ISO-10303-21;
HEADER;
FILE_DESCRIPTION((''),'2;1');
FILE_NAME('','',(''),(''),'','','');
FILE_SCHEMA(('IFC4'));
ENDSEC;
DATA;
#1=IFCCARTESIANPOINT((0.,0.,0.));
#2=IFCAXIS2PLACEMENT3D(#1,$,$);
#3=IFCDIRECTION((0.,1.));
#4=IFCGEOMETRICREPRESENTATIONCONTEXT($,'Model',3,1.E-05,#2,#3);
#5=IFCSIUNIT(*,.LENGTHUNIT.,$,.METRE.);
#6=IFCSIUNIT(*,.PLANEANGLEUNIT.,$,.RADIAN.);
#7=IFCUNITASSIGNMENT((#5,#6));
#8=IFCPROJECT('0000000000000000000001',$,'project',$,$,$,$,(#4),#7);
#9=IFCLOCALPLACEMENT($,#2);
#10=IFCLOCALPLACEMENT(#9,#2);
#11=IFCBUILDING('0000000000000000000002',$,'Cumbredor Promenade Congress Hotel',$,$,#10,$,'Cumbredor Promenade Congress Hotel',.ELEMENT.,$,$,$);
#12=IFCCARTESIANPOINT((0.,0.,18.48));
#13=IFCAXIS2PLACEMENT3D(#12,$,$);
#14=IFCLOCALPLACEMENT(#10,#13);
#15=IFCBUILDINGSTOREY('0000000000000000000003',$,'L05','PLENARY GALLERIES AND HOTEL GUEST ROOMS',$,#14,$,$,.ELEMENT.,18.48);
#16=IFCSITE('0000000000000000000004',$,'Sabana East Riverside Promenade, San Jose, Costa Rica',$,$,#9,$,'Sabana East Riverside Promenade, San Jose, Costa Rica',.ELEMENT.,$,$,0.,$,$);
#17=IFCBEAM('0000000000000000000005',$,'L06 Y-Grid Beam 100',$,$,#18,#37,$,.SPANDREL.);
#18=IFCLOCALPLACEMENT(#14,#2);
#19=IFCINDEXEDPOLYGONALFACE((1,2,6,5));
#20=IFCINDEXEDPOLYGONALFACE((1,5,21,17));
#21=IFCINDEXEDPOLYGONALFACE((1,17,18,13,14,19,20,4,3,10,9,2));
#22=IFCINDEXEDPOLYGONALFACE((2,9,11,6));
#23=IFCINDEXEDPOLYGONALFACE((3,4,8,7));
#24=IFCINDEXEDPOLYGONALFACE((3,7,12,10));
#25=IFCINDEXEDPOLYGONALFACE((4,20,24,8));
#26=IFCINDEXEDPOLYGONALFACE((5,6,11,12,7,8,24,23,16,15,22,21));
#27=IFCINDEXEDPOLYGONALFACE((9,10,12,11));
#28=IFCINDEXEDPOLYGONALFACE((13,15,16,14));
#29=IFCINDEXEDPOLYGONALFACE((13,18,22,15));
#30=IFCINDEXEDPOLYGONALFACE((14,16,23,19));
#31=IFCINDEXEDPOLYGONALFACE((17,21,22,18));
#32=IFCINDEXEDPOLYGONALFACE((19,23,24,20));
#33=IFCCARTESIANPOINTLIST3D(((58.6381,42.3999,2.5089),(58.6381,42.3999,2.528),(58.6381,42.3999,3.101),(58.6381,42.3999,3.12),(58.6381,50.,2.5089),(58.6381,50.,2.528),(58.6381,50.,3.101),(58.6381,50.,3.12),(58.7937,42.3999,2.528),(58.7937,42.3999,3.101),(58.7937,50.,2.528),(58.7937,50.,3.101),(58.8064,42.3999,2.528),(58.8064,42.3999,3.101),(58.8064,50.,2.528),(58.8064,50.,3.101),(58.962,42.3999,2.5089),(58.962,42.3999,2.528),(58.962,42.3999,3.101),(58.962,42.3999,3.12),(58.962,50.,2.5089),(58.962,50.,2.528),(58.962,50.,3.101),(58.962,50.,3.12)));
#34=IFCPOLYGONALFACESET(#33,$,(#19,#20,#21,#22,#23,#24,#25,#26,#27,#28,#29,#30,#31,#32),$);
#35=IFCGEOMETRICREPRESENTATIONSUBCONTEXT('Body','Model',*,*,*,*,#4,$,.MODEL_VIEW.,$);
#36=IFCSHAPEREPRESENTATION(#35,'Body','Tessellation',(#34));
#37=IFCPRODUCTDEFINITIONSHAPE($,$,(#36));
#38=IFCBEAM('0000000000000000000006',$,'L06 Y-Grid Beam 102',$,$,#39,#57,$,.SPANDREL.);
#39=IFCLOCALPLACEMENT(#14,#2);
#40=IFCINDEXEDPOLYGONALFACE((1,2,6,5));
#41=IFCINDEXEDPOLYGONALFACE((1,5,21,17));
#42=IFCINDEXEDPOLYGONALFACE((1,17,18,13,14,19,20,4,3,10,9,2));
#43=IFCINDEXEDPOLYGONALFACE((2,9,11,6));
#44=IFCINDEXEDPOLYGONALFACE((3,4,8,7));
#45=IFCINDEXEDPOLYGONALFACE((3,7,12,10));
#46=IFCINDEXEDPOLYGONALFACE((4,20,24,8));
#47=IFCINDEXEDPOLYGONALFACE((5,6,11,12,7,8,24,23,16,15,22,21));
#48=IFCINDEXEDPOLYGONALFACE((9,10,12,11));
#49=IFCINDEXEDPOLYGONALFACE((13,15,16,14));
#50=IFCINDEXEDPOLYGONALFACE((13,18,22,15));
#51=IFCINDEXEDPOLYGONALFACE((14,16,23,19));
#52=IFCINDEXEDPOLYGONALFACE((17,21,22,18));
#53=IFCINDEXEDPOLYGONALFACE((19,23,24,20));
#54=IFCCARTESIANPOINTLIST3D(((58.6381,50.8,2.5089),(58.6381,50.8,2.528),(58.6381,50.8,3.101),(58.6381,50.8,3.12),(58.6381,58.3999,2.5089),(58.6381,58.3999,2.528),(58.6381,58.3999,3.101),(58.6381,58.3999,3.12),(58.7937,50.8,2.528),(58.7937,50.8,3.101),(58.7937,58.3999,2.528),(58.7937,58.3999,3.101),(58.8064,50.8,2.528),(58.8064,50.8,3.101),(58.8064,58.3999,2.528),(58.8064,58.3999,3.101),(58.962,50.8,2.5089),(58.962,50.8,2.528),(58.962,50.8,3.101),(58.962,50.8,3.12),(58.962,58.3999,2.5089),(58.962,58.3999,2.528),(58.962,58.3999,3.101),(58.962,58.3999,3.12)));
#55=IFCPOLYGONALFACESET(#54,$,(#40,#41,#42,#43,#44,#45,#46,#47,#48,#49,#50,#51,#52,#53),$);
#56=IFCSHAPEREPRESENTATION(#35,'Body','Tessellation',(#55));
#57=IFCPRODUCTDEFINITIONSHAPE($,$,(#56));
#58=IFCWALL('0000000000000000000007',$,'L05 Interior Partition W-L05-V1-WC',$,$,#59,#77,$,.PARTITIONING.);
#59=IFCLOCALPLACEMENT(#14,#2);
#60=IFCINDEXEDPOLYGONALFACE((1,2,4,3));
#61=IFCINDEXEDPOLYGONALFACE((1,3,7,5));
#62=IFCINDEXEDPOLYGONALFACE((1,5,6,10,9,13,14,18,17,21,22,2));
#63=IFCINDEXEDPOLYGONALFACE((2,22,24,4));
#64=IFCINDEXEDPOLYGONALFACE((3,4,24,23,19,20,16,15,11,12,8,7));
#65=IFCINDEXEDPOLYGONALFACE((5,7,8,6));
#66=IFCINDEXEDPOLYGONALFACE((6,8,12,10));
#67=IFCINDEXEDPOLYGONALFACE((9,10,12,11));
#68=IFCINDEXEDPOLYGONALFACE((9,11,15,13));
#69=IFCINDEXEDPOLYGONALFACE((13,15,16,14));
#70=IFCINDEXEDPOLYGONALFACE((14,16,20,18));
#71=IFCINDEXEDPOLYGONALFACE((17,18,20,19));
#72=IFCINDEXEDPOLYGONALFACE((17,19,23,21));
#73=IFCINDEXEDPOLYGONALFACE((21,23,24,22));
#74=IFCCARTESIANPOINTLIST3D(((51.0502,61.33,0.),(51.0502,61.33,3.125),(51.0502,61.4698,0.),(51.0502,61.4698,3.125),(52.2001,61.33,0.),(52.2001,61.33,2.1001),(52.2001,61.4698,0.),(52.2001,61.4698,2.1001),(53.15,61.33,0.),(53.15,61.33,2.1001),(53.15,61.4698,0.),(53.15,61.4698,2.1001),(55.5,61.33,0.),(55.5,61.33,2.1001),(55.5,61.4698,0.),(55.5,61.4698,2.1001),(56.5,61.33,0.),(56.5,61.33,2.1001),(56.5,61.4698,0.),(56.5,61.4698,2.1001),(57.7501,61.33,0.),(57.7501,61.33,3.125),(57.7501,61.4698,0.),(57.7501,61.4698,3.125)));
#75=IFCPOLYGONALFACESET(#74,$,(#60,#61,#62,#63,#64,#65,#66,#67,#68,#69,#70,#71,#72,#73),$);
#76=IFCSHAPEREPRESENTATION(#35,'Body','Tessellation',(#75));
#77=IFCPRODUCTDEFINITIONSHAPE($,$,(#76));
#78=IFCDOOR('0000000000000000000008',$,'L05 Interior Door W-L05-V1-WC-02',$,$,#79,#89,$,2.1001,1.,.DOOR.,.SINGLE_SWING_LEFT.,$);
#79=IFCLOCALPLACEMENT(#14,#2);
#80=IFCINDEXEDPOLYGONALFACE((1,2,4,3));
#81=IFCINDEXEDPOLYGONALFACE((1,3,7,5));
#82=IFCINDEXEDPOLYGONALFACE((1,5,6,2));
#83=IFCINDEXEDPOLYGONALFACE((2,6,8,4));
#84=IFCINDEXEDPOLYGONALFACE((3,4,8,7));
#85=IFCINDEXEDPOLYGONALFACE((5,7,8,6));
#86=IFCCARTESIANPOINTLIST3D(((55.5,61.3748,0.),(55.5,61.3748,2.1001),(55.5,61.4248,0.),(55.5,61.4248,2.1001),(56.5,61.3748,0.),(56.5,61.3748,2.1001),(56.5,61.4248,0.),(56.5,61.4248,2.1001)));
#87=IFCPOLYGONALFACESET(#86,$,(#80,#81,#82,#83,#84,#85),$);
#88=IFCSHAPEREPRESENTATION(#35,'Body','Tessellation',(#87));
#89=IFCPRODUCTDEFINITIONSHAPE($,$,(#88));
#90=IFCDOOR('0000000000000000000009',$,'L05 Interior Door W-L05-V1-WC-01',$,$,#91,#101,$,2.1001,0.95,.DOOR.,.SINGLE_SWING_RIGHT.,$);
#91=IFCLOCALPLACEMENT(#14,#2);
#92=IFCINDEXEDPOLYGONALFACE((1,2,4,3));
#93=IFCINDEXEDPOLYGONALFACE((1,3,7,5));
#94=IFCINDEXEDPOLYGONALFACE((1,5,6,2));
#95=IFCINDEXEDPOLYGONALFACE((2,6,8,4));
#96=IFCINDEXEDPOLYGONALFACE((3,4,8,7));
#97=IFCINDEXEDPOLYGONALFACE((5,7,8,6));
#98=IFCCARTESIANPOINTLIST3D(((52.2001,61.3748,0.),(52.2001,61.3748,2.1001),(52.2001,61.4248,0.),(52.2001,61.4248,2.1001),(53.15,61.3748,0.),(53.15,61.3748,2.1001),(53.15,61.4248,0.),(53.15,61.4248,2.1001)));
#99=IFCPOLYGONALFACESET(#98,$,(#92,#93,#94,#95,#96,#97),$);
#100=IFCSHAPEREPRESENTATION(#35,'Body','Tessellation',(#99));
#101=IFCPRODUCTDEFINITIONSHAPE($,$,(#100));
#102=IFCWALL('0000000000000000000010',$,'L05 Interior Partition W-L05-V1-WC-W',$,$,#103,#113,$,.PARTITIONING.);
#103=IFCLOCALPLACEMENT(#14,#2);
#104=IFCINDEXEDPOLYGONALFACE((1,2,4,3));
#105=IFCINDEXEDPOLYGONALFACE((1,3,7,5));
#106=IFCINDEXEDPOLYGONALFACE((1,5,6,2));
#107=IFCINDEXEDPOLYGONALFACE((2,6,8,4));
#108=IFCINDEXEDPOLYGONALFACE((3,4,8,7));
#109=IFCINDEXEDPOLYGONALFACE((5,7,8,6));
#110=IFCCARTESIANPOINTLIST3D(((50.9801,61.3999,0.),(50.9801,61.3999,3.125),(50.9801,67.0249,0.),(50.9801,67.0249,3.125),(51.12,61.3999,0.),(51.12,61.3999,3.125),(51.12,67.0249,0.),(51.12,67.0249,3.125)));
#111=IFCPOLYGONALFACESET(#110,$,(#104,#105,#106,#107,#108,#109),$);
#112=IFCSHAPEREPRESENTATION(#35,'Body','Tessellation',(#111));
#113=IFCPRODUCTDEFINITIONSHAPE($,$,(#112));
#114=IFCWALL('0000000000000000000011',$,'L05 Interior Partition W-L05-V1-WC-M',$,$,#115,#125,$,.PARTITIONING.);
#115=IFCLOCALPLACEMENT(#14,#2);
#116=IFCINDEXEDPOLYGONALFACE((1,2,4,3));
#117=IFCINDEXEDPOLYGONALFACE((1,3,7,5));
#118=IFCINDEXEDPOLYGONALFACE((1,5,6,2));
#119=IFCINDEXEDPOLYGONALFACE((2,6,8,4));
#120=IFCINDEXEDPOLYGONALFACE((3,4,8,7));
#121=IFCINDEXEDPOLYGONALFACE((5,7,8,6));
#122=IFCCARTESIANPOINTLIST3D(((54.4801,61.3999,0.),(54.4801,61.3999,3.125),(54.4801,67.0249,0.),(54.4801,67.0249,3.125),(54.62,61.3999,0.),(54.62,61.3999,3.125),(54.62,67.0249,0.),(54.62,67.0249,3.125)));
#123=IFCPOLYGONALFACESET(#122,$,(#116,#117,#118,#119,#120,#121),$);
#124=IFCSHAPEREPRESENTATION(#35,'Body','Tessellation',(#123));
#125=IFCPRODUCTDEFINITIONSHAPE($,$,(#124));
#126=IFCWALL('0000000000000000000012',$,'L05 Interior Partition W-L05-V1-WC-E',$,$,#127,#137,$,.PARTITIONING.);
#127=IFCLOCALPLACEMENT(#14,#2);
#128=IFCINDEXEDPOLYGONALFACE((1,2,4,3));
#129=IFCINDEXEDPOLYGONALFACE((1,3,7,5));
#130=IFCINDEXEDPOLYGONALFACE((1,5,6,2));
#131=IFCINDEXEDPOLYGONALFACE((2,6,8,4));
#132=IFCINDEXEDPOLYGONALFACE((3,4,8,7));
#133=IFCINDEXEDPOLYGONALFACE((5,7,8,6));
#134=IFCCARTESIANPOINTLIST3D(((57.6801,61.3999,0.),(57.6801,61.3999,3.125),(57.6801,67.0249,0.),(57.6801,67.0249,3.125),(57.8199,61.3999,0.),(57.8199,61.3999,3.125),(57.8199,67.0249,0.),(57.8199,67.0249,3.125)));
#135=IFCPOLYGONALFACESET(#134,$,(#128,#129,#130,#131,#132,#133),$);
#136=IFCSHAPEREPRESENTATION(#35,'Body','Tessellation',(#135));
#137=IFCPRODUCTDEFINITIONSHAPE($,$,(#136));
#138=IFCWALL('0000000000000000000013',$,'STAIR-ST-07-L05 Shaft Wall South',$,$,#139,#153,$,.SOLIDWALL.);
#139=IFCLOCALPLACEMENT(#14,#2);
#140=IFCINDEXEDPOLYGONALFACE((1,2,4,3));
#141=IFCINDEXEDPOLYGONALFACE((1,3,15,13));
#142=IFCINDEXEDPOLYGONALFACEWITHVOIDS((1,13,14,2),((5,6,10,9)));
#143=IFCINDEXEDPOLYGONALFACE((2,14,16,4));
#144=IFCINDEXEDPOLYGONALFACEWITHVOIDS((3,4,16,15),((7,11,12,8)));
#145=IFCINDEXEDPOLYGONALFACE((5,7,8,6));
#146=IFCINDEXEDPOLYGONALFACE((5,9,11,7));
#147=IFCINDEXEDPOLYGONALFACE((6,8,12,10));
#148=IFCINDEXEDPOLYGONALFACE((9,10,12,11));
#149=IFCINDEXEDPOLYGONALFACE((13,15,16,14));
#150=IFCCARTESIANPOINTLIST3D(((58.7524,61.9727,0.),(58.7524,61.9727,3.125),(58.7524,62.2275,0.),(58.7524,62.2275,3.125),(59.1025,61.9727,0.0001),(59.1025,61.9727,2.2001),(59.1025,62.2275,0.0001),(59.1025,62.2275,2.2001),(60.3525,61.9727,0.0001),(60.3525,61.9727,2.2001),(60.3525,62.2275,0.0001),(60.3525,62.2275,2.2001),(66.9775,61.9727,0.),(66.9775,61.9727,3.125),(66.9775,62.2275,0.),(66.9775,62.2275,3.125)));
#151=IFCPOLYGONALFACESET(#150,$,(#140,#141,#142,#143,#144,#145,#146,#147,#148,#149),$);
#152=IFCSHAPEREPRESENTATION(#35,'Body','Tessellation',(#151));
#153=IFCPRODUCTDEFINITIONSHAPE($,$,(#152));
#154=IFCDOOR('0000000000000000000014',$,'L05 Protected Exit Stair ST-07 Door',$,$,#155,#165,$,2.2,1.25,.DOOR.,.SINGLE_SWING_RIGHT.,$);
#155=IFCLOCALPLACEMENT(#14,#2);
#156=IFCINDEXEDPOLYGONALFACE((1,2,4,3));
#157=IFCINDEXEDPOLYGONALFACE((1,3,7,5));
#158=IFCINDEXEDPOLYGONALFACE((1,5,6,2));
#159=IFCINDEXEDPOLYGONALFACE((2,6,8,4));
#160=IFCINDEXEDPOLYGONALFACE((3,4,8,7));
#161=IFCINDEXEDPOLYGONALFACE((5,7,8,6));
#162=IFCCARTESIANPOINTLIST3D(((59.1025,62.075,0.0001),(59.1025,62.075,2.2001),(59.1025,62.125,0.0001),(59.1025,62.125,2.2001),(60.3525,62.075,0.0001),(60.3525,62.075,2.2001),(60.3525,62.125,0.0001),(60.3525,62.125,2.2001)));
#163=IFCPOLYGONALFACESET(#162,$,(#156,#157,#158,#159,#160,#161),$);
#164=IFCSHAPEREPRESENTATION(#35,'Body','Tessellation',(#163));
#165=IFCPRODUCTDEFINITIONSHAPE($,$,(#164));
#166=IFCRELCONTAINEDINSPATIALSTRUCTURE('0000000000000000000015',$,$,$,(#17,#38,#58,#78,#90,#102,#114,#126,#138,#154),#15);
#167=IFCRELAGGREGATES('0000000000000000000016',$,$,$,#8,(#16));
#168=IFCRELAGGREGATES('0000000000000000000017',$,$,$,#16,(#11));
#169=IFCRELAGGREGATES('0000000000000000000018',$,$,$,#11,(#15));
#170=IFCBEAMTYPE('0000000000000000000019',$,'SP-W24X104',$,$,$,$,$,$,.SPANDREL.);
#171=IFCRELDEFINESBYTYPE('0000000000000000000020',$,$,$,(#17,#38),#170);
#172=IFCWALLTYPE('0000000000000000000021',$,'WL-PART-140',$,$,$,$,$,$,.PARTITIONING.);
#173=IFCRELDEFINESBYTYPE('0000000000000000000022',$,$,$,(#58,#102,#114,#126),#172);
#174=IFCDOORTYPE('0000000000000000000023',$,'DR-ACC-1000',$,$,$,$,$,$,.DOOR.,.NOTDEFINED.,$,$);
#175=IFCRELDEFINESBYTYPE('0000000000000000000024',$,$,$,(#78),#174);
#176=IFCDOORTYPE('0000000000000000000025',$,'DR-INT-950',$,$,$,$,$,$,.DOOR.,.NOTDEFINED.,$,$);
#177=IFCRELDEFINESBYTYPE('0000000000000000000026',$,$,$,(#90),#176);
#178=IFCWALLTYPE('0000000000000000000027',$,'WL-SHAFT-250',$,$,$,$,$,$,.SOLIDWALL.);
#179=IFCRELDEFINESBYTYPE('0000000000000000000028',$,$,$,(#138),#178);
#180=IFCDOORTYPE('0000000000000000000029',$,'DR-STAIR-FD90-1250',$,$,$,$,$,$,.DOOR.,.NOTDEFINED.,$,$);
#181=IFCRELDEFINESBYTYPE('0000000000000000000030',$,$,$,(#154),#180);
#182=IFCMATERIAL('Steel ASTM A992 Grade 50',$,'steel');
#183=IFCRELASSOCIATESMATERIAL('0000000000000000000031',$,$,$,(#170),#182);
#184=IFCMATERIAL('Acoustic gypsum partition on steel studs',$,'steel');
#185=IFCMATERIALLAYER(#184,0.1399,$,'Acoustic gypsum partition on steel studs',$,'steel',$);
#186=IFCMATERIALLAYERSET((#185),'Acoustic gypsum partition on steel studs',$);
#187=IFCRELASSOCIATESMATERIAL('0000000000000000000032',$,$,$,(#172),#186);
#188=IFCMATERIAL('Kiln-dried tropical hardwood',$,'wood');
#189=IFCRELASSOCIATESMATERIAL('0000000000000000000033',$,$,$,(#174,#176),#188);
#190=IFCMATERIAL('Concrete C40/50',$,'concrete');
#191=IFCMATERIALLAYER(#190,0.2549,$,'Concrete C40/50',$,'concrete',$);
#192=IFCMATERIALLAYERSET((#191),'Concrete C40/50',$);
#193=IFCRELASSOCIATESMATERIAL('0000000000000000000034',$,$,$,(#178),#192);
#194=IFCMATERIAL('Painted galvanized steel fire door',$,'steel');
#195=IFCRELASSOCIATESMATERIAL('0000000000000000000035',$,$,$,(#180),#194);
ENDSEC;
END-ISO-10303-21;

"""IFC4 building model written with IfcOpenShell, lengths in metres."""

from ifc_helpers import new_model, si_unit, direction, frame, frame_2d, origin, origin_2d, place, context, subcontext, project, spatial, rectangle, i_section, extrude, material, layer, layer_set, material_profile, profile_set, type_object, element, fill, save


model = new_model("IFC4")

# Units and contexts
model_context = context("Model", 3, precision=1e-05, world=origin(), true_north=direction((0.0, 1.0)))
body_context = subcontext(model_context, "Body", "Model", "MODEL_VIEW")
ifc_project = project(units=[si_unit("LENGTHUNIT", "METRE"), si_unit("PLANEANGLEUNIT", "RADIAN")], contexts=[model_context])

# Site, building, storey
site_placement = place(None, origin())
site = spatial("IfcSite", under=ifc_project, at=site_placement, Name="Sabana East Riverside Promenade, San Jose, Costa Rica", LongName="Sabana East Riverside Promenade, San Jose, Costa Rica", CompositionType="ELEMENT", RefElevation=0.0)
building_placement = place(site_placement, origin())
building = spatial("IfcBuilding", under=site, at=building_placement, Name="Cumbredor Promenade Congress Hotel", LongName="Cumbredor Promenade Congress Hotel", CompositionType="ELEMENT")
storey_placement = place(building_placement, frame((0.0, 0.0, 18.48)))
storey = spatial("IfcBuildingStorey", under=building, at=storey_placement, Name="L05", Description="PLENARY GALLERIES AND HOTEL GUEST ROOMS", CompositionType="ELEMENT", Elevation=18.48)

# Beams
ifc_material_1 = material(Name="Concrete C40/50", Category="concrete")
ifc_material_2 = material(Name="Steel ASTM A992 Grade 50", Category="steel")
ifc_material_profile_1 = material_profile(ifc_material_2, i_section(OverallWidth=0.324, OverallDepth=0.6111, WebThickness=0.0127, FlangeThickness=0.019, at=origin_2d()), Name="W24X104")
ifc_profile_set_1 = profile_set([ifc_material_profile_1], Name="Steel ASTM A992 Grade 50")
beam_type_1 = type_object("IfcBeamType", Name="SP-W24X104", PredefinedType="SPANDREL", material=ifc_profile_set_1)
beam_1_placement = place(storey_placement, frame((58.8, 42.3999, 2.8145), z_axis=(0.0, 1.0, 0.0), x_axis=(-1.0, 0.0, 0.0)))
element("IfcBeam", 1, at=beam_1_placement, inside=storey, type_object=beam_type_1, Name="L06 Y-Grid Beam 100", PredefinedType="SPANDREL", context=body_context, shape_type="SweptSolid", body=[
    extrude(i_section(OverallWidth=0.324, OverallDepth=0.6111, WebThickness=0.0127, FlangeThickness=0.019, at=origin_2d()), origin(), (0.0, 0.0, 1.0), 7.6001),
])
beam_2_placement = place(storey_placement, frame((58.8, 50.8, 2.8145), z_axis=(0.0, 1.0, 0.0), x_axis=(-1.0, 0.0, 0.0)))
element("IfcBeam", 2, at=beam_2_placement, inside=storey, type_object=beam_type_1, Name="L06 Y-Grid Beam 102", PredefinedType="SPANDREL", context=body_context, shape_type="SweptSolid", body=[
    extrude(i_section(OverallWidth=0.324, OverallDepth=0.6111, WebThickness=0.0127, FlangeThickness=0.019, at=origin_2d()), origin(), (0.0, 0.0, 1.0), 7.5999),
])

# Wall, openings, doors
ifc_material_3 = material(Name="Acoustic gypsum partition on steel studs", Category="steel")
ifc_layer_1 = layer(ifc_material_3, 0.1399, Name="Acoustic gypsum partition on steel studs", Category="steel")
ifc_layer_set_1 = layer_set([ifc_layer_1], Name="Acoustic gypsum partition on steel studs")
wall_type_1 = type_object("IfcWallType", Name="WL-PART-140", PredefinedType="PARTITIONING", material=ifc_layer_set_1)
wall_1_placement = place(storey_placement, frame((51.05, 61.3999, 0.0), z_axis=(0.0, 0.0, 1.0), x_axis=(1.0, 0.0, 0.0)))
wall_1 = element("IfcWall", 3, at=wall_1_placement, inside=storey, type_object=wall_type_1, Name="L05 Interior Partition W-L05-V1-WC", PredefinedType="PARTITIONING", context=body_context, shape_type="SweptSolid", body=[
    extrude(rectangle(XDim=6.7, YDim=0.1399, at=frame_2d((3.3501, 0.0))), origin(), (0.0, 0.0, 1.0), 3.125),
])
opening_1_placement = place(wall_1_placement, frame((1.1499, 0.0, 0.0)))
opening_1 = element("IfcOpeningElement", 4, at=opening_1_placement, cuts=wall_1, PredefinedType="OPENING", context=body_context, shape_type="SweptSolid", body=[
    extrude(rectangle(XDim=0.95, YDim=2.1001, at=frame_2d((0.4751, 1.05))), frame((0.0, 0.0801, 0.0), z_axis=(0.0, -1.0, 0.0), x_axis=(1.0, 0.0, 0.0)), (0.0, 0.0, 1.0), 0.1599),
])
opening_2_placement = place(wall_1_placement, frame((4.45, 0.0, 0.0)))
opening_2 = element("IfcOpeningElement", 5, at=opening_2_placement, cuts=wall_1, PredefinedType="OPENING", context=body_context, shape_type="SweptSolid", body=[
    extrude(rectangle(XDim=1.0, YDim=2.1001, at=frame_2d((0.5, 1.05))), frame((0.0, 0.0801, 0.0), z_axis=(0.0, -1.0, 0.0), x_axis=(1.0, 0.0, 0.0)), (0.0, 0.0, 1.0), 0.1599),
])
ifc_material_4 = material(Name="Kiln-dried tropical hardwood", Category="wood")
door_type_1 = type_object("IfcDoorType", Name="DR-ACC-1000", OperationType="NOTDEFINED", PredefinedType="DOOR", material=ifc_material_4)
door_1_placement = place(opening_2_placement, origin())
door_1 = element("IfcDoor", 6, at=door_1_placement, inside=storey, type_object=door_type_1, Name="L05 Interior Door W-L05-V1-WC-02", OperationType="SINGLE_SWING_LEFT", OverallHeight=2.1001, OverallWidth=1.0, PredefinedType="DOOR", context=body_context, shape_type="SweptSolid", body=[
    extrude(rectangle(XDim=1.0, YDim=2.1001, at=frame_2d((0.5, 1.05))), frame((0.0, 0.0249, 0.0), z_axis=(0.0, -1.0, 0.0), x_axis=(1.0, 0.0, 0.0)), (0.0, 0.0, 1.0), 0.05),
])
fill(opening_2, door_1)
door_type_2 = type_object("IfcDoorType", Name="DR-INT-950", OperationType="NOTDEFINED", PredefinedType="DOOR", material=ifc_material_4)
door_2_placement = place(opening_1_placement, origin())
door_2 = element("IfcDoor", 7, at=door_2_placement, inside=storey, type_object=door_type_2, Name="L05 Interior Door W-L05-V1-WC-01", OperationType="SINGLE_SWING_RIGHT", OverallHeight=2.1001, OverallWidth=0.95, PredefinedType="DOOR", context=body_context, shape_type="SweptSolid", body=[
    extrude(rectangle(XDim=0.95, YDim=2.1001, at=frame_2d((0.4751, 1.05))), frame((0.0, 0.0249, 0.0), z_axis=(0.0, -1.0, 0.0), x_axis=(1.0, 0.0, 0.0)), (0.0, 0.0, 1.0), 0.05),
])
fill(opening_1, door_2)

# Walls
for number, where, z_axis, x_axis, name in (
    (8, (51.05, 61.3999, 0.0), (0.0, 0.0, 1.0), (0.0, 1.0, 0.0), "L05 Interior Partition W-L05-V1-WC-W"),
    (9, (54.55, 61.3999, 0.0), (0.0, 0.0, 1.0), (0.0, 1.0, 0.0), "L05 Interior Partition W-L05-V1-WC-M"),
    (10, (57.75, 61.3999, 0.0), (0.0, 0.0, 1.0), (0.0, 1.0, 0.0), "L05 Interior Partition W-L05-V1-WC-E"),
):
    element("IfcWall", number, at=place(storey_placement, frame(where, z_axis=z_axis, x_axis=x_axis)), inside=storey, type_object=wall_type_1, Name=name, PredefinedType="PARTITIONING", context=body_context, shape_type="SweptSolid", body=[
        extrude(rectangle(XDim=5.625, YDim=0.1399, at=frame_2d((2.8125, 0.0))), origin(), (0.0, 0.0, 1.0), 3.125),
    ])

# Wall, opening, door
ifc_layer_2 = layer(ifc_material_1, 0.2549, Name="Concrete C40/50", Category="concrete")
ifc_layer_set_2 = layer_set([ifc_layer_2], Name="Concrete C40/50")
wall_type_2 = type_object("IfcWallType", Name="WL-SHAFT-250", PredefinedType="SOLIDWALL", material=ifc_layer_set_2)
wall_2_placement = place(storey_placement, frame((58.7524, 62.1001, 0.0), z_axis=(0.0, 0.0, 1.0), x_axis=(1.0, 0.0, 0.0)))
wall_2 = element("IfcWall", 11, at=wall_2_placement, inside=storey, type_object=wall_type_2, Name="STAIR-ST-07-L05 Shaft Wall South", PredefinedType="SOLIDWALL", context=body_context, shape_type="SweptSolid", body=[
    extrude(rectangle(XDim=8.2251, YDim=0.2549, at=frame_2d((4.1125, 0.0))), origin(), (0.0, 0.0, 1.0), 3.125),
])
opening_3_placement = place(wall_2_placement, frame((0.3501, 0.0, 0.0)))
opening_3 = element("IfcOpeningElement", 12, at=opening_3_placement, cuts=wall_2, PredefinedType="OPENING", context=body_context, shape_type="SweptSolid", body=[
    extrude(rectangle(XDim=1.25, YDim=2.2, at=frame_2d((0.625, 1.1001))), frame((0.0, 0.1375, 0.0), z_axis=(0.0, -1.0, 0.0), x_axis=(1.0, 0.0, 0.0)), (0.0, 0.0, 1.0), 0.2749),
])
ifc_material_5 = material(Name="Painted galvanized steel fire door", Category="steel")
door_type_3 = type_object("IfcDoorType", Name="DR-STAIR-FD90-1250", OperationType="NOTDEFINED", PredefinedType="DOOR", material=ifc_material_5)
door_3_placement = place(opening_3_placement, origin())
door_3 = element("IfcDoor", 13, at=door_3_placement, inside=storey, type_object=door_type_3, Name="L05 Protected Exit Stair ST-07 Door", OperationType="SINGLE_SWING_RIGHT", OverallHeight=2.2, OverallWidth=1.25, PredefinedType="DOOR", context=body_context, shape_type="SweptSolid", body=[
    extrude(rectangle(XDim=1.25, YDim=2.2, at=frame_2d((0.625, 1.1001))), frame((0.0, 0.0249, 0.0), z_axis=(0.0, -1.0, 0.0), x_axis=(1.0, 0.0, 0.0)), (0.0, 0.0, 1.0), 0.05),
])
fill(opening_3, door_3)

save(model, "model.ifc")
